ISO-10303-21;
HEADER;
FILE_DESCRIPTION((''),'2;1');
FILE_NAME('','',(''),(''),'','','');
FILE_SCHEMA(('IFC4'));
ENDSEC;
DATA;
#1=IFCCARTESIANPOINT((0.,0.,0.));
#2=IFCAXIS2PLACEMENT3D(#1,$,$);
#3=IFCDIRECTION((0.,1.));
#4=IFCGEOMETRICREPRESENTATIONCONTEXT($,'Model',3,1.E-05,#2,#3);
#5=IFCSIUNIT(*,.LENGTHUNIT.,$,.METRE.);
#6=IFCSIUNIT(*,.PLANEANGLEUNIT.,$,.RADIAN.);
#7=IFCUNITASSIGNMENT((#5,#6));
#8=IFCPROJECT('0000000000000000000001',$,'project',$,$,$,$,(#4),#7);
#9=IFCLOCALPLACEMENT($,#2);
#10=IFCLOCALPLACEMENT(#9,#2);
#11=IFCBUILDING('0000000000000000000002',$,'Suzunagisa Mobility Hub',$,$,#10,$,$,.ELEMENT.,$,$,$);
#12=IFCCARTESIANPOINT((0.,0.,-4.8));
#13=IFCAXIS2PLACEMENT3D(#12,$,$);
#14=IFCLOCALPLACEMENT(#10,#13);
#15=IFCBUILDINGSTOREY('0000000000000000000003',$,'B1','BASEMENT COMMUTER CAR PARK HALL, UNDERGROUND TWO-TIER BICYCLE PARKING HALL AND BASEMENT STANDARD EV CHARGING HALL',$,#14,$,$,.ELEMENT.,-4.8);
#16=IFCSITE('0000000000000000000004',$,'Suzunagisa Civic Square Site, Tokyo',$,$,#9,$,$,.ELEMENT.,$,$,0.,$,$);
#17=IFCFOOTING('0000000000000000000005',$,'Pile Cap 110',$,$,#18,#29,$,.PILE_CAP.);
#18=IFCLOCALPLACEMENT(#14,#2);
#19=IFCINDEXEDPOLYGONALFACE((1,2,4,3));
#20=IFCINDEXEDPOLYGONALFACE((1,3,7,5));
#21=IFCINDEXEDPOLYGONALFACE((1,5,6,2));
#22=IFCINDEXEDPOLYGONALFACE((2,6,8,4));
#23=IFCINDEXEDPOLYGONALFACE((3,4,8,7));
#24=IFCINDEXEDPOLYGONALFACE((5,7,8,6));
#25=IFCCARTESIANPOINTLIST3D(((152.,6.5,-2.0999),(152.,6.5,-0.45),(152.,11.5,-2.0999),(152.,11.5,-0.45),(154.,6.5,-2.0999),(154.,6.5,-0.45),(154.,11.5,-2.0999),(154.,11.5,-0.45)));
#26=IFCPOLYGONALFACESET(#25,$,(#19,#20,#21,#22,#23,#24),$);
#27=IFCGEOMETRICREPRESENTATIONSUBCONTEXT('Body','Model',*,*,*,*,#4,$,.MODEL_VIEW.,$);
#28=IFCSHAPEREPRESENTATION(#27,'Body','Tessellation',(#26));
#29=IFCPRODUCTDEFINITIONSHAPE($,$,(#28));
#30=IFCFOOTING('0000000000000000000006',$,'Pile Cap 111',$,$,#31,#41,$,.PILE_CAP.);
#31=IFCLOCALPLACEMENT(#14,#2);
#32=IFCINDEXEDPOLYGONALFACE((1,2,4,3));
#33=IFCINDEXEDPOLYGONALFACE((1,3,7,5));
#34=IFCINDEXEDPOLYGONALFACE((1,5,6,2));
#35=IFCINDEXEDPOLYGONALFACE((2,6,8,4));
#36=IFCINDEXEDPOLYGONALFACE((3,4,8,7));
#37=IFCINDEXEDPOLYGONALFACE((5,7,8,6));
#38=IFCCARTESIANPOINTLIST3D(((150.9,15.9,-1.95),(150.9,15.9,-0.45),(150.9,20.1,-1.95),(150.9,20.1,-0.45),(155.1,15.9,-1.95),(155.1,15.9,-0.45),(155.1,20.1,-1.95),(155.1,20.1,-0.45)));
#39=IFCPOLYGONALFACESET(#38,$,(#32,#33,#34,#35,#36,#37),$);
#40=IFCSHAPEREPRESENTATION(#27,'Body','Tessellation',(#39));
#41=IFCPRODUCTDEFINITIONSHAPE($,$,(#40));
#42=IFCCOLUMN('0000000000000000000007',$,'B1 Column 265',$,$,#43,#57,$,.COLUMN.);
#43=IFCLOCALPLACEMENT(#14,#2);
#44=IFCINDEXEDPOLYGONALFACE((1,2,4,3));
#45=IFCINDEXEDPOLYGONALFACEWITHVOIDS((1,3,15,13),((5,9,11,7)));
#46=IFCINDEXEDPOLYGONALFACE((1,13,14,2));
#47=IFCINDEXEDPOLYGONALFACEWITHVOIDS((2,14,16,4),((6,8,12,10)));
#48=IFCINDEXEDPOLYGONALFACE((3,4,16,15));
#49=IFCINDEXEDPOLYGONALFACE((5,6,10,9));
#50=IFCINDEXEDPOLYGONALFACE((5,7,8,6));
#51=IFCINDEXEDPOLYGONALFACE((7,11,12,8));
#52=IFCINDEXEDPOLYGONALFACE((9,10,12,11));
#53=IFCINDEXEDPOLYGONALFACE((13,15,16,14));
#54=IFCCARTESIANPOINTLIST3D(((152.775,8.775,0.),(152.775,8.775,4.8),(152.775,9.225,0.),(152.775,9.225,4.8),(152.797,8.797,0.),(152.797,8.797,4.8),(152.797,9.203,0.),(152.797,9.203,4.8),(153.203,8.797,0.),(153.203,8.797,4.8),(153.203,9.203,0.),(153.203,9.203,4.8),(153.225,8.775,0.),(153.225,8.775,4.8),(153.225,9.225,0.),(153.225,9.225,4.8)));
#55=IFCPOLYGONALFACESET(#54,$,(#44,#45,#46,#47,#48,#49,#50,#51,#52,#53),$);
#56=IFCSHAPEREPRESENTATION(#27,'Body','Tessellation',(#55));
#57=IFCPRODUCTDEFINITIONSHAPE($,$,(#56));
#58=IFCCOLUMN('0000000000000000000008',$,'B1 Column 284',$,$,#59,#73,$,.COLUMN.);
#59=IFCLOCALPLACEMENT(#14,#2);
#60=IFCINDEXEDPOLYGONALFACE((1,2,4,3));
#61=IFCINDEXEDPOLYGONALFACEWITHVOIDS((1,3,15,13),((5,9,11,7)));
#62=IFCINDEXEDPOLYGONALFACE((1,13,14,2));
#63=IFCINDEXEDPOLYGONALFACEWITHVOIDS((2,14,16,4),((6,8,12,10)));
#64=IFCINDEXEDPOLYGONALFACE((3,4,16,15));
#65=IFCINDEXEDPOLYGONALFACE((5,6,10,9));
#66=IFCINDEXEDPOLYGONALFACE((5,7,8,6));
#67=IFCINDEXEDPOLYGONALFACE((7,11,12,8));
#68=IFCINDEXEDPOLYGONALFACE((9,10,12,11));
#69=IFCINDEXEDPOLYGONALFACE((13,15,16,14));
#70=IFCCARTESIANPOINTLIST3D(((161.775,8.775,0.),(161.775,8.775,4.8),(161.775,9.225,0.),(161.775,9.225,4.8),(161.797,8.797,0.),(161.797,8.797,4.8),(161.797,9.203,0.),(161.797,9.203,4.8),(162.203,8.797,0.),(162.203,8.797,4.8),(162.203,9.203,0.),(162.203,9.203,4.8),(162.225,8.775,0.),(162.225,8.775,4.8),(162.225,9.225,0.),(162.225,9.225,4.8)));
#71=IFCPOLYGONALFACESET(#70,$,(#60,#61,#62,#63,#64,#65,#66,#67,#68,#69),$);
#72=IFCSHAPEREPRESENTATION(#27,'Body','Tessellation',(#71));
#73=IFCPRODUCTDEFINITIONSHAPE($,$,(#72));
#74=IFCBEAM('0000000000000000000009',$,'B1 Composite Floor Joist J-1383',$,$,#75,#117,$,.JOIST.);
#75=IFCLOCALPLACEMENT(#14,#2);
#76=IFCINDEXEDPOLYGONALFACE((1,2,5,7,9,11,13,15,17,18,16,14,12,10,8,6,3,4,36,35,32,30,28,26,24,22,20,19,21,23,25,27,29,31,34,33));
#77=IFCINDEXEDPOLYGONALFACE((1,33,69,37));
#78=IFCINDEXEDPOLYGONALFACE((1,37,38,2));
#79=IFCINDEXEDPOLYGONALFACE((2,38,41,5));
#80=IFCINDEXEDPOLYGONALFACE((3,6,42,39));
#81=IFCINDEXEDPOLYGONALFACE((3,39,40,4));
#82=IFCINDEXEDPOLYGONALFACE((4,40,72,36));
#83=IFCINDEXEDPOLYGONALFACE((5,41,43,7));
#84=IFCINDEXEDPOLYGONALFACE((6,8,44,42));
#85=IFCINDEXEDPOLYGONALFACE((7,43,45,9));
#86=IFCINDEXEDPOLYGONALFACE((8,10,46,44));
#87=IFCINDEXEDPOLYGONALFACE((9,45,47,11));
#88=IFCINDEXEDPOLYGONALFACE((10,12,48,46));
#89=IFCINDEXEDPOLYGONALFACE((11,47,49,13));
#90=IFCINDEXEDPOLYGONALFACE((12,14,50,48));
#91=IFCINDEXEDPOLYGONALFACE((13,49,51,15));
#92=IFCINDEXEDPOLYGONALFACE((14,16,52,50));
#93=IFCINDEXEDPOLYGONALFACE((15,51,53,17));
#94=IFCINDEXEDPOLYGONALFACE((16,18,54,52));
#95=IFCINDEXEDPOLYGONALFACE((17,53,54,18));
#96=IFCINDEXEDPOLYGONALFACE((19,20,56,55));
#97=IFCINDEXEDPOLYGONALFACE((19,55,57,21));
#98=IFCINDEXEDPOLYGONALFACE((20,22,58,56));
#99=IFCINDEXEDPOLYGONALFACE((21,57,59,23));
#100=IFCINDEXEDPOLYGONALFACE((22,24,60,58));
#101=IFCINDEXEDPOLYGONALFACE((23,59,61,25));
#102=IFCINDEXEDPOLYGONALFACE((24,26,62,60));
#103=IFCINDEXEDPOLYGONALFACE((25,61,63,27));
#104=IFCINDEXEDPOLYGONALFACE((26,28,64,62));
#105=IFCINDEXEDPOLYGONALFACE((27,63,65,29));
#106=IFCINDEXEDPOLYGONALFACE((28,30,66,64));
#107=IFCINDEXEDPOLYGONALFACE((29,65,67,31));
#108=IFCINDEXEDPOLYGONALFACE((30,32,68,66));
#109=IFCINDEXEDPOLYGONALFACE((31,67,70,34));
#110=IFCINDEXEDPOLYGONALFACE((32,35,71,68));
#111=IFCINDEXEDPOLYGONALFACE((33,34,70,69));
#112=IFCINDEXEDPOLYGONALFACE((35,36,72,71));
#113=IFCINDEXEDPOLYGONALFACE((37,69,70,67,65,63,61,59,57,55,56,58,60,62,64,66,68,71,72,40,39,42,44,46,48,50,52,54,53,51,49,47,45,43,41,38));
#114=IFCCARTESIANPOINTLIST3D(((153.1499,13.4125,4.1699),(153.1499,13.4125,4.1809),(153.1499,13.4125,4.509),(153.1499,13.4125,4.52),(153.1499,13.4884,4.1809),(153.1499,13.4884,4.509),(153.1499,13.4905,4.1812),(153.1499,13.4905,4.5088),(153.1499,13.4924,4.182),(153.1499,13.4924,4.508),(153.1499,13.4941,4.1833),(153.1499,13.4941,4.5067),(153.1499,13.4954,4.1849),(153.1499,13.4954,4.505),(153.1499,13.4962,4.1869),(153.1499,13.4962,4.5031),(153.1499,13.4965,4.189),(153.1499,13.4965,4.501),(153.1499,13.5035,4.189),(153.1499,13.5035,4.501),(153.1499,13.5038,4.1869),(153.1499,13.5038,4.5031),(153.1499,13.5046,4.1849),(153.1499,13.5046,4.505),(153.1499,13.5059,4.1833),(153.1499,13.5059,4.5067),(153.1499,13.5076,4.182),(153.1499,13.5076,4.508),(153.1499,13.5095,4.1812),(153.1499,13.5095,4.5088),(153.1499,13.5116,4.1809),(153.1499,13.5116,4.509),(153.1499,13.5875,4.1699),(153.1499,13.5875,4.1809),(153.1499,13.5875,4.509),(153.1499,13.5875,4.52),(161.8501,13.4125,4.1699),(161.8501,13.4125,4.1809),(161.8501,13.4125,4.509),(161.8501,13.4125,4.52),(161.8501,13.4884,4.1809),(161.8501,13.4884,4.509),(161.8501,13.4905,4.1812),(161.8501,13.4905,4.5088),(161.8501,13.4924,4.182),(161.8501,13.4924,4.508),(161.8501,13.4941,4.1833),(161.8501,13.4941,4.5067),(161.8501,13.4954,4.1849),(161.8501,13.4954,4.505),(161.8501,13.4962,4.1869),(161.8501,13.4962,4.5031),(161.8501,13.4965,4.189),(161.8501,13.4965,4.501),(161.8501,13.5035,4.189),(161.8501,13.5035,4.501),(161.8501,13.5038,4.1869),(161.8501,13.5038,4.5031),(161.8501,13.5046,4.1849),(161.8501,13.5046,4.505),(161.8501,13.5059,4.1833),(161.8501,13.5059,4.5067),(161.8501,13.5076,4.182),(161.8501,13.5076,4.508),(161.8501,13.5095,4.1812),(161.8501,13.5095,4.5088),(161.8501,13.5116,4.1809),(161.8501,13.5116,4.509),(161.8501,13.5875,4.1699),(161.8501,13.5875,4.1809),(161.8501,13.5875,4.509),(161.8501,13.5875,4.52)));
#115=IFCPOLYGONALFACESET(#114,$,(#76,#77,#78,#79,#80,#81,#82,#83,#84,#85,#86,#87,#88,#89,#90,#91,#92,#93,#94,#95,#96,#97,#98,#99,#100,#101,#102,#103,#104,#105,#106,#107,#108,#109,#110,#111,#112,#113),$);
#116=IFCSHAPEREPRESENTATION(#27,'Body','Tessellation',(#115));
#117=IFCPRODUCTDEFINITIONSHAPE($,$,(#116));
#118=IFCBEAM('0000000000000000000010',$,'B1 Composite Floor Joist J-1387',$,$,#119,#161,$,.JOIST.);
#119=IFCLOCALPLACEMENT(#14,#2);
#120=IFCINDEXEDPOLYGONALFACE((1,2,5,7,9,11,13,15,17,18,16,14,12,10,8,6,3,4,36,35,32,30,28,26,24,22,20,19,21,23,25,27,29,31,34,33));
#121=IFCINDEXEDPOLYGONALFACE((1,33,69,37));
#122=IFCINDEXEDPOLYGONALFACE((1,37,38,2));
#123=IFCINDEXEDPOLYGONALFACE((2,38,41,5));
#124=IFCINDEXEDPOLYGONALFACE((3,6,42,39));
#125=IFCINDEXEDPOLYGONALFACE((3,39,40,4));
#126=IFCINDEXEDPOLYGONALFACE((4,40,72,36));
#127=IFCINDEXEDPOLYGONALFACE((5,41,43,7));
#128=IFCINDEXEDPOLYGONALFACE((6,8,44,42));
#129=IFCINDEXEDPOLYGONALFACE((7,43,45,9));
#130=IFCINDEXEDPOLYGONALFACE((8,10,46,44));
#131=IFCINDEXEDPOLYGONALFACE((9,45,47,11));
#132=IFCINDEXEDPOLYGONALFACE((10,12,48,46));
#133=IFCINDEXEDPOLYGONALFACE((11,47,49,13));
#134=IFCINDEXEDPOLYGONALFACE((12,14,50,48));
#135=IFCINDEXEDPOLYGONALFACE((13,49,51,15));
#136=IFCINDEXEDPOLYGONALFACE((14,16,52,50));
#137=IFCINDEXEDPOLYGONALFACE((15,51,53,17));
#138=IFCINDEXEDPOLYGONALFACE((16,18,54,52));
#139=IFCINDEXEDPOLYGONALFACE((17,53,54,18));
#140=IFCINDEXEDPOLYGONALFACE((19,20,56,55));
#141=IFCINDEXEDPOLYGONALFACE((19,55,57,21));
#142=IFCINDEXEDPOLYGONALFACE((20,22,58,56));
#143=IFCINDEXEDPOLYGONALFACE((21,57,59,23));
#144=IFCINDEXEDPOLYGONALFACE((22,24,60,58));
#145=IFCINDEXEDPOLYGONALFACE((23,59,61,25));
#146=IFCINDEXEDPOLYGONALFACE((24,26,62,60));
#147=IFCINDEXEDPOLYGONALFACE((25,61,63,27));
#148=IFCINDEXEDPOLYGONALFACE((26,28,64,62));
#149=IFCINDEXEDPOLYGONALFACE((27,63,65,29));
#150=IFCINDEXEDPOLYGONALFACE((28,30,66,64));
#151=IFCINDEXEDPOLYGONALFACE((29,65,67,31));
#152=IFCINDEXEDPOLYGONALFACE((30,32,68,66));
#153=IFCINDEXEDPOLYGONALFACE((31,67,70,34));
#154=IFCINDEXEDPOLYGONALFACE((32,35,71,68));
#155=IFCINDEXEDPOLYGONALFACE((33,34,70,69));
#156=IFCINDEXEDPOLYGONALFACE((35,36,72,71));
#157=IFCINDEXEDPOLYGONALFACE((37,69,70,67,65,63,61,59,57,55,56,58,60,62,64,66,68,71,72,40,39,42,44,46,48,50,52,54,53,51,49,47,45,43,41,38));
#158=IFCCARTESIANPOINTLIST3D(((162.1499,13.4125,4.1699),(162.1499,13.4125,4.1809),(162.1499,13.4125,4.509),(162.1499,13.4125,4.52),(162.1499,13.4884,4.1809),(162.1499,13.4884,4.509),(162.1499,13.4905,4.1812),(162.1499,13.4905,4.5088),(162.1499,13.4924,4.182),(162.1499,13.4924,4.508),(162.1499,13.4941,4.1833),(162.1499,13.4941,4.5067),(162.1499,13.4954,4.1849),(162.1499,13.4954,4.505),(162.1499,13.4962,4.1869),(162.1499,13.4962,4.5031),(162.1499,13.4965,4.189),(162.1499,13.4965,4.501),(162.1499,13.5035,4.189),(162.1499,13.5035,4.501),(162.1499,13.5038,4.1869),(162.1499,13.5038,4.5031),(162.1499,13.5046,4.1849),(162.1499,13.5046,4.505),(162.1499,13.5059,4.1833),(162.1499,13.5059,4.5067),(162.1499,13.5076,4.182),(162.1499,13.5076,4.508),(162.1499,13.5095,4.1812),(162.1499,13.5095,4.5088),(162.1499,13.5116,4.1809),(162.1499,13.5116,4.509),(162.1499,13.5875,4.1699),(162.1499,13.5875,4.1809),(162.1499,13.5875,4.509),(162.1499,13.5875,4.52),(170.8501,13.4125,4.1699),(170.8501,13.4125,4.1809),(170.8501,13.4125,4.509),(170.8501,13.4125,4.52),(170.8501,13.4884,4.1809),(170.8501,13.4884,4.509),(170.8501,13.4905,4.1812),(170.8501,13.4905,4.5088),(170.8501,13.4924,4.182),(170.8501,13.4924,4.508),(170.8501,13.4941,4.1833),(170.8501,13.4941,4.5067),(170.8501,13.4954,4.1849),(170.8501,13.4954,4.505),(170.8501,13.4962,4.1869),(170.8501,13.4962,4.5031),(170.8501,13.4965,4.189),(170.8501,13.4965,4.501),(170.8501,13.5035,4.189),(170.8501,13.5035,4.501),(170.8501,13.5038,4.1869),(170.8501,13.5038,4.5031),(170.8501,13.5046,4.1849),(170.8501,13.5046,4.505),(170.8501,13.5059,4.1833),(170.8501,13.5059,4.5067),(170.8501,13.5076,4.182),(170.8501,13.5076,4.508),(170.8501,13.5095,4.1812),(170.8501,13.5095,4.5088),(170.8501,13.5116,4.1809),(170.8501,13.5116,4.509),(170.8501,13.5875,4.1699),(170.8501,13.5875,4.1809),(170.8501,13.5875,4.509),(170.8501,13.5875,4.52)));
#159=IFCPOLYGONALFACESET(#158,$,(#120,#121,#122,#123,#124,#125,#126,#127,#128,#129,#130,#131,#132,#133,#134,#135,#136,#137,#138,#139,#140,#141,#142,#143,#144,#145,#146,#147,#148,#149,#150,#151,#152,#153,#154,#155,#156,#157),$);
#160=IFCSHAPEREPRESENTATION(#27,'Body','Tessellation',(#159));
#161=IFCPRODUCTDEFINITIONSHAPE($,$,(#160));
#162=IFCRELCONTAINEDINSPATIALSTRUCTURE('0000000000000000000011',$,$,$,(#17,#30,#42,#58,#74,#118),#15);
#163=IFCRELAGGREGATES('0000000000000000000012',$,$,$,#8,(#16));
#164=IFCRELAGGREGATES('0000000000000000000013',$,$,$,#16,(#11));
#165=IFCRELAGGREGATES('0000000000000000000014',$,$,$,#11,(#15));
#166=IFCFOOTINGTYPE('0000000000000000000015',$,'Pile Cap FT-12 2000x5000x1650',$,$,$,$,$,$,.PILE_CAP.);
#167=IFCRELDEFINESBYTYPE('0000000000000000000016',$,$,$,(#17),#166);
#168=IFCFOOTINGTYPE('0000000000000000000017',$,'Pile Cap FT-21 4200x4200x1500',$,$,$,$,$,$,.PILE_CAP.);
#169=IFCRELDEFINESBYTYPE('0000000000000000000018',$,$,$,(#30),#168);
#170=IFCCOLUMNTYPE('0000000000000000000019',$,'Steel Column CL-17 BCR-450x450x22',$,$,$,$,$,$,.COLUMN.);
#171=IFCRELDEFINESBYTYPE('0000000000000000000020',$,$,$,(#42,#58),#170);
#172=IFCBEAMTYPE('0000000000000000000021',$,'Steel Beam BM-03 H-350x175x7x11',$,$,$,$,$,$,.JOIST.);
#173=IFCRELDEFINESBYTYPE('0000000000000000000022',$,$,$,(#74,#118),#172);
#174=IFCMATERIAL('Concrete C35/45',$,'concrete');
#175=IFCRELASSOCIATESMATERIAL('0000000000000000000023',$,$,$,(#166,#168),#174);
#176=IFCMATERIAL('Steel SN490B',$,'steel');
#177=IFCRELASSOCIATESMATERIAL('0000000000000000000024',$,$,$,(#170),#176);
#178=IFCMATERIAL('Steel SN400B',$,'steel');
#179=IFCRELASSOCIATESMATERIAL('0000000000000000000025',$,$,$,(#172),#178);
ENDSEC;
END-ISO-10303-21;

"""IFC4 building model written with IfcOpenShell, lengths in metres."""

from ifc_helpers import new_model, si_unit, direction, frame, origin, origin_2d, place, context, subcontext, project, spatial, rectangle, hollow_rectangle, i_section, extrude, material, material_profile, profile_set, type_object, element, save


model = new_model("IFC4")

# Units and contexts
model_context = context("Model", 3, precision=1e-05, world=origin(), true_north=direction((0.0, 1.0)))
body_context = subcontext(model_context, "Body", "Model", "MODEL_VIEW")
ifc_project = project(units=[si_unit("LENGTHUNIT", "METRE"), si_unit("PLANEANGLEUNIT", "RADIAN")], contexts=[model_context])

# Site, building, storey
site_placement = place(None, origin())
site = spatial("IfcSite", under=ifc_project, at=site_placement, Name="Suzunagisa Civic Square Site, Tokyo", CompositionType="ELEMENT", RefElevation=0.0)
building_placement = place(site_placement, origin())
building = spatial("IfcBuilding", under=site, at=building_placement, Name="Suzunagisa Mobility Hub", CompositionType="ELEMENT")
storey_placement = place(building_placement, frame((0.0, 0.0, -4.8)))
storey = spatial("IfcBuildingStorey", under=building, at=storey_placement, Name="B1", Description="BASEMENT COMMUTER CAR PARK HALL, UNDERGROUND TWO-TIER BICYCLE PARKING HALL AND BASEMENT STANDARD EV CHARGING HALL", CompositionType="ELEMENT", Elevation=-4.8)

# Footings
ifc_material_1 = material(Name="Concrete C35/45", Category="concrete")
footing_type_1 = type_object("IfcFootingType", Name="Pile Cap FT-12 2000x5000x1650", PredefinedType="PILE_CAP", material=ifc_material_1)
footing_1_placement = place(storey_placement, frame((153.0, 9.0, -2.0999), z_axis=(0.0, 0.0, 1.0), x_axis=(1.0, 0.0, 0.0)))
element("IfcFooting", 1, at=footing_1_placement, inside=storey, type_object=footing_type_1, Name="Pile Cap 110", PredefinedType="PILE_CAP", context=body_context, shape_type="SweptSolid", body=[
    extrude(rectangle(XDim=2.0, YDim=5.0, at=origin_2d()), origin(), (0.0, 0.0, 1.0), 1.6499),
])
footing_type_2 = type_object("IfcFootingType", Name="Pile Cap FT-21 4200x4200x1500", PredefinedType="PILE_CAP", material=ifc_material_1)
footing_2_placement = place(storey_placement, frame((153.0, 18.0, -1.95), z_axis=(0.0, 0.0, 1.0), x_axis=(1.0, 0.0, 0.0)))
element("IfcFooting", 2, at=footing_2_placement, inside=storey, type_object=footing_type_2, Name="Pile Cap 111", PredefinedType="PILE_CAP", context=body_context, shape_type="SweptSolid", body=[
    extrude(rectangle(XDim=4.2, YDim=4.2, at=origin_2d()), origin(), (0.0, 0.0, 1.0), 1.5),
])

# Columns
ifc_material_2 = material(Name="Steel SN490B", Category="steel")
ifc_material_profile_1 = material_profile(ifc_material_2, hollow_rectangle(XDim=0.45, YDim=0.45, WallThickness=0.022, at=origin_2d()), Name="BCR-450x450x22")
ifc_profile_set_1 = profile_set([ifc_material_profile_1], Name="Steel SN490B")
column_type = type_object("IfcColumnType", Name="Steel Column CL-17 BCR-450x450x22", PredefinedType="COLUMN", material=ifc_profile_set_1)
for number, where, z_axis, x_axis, name in (
    (3, (153.0, 9.0, 0.0), (0.0, 0.0, 1.0), (1.0, 0.0, 0.0), "B1 Column 265"),
    (4, (162.0, 9.0, 0.0), (0.0, 0.0, 1.0), (1.0, 0.0, 0.0), "B1 Column 284"),
):
    element("IfcColumn", number, at=place(storey_placement, frame(where, z_axis=z_axis, x_axis=x_axis)), inside=storey, type_object=column_type, Name=name, PredefinedType="COLUMN", context=body_context, shape_type="SweptSolid", body=[
        extrude(hollow_rectangle(XDim=0.45, YDim=0.45, WallThickness=0.022, at=origin_2d()), origin(), (0.0, 0.0, 1.0), 4.8),
    ])

# Beams
ifc_material_3 = material(Name="Steel SN400B", Category="steel")
ifc_material_profile_2 = material_profile(ifc_material_3, i_section(OverallWidth=0.175, OverallDepth=0.3501, WebThickness=0.0071, FlangeThickness=0.011, FilletRadius=0.0081, at=origin_2d()), Name="H-350x175x7x11")
ifc_profile_set_2 = profile_set([ifc_material_profile_2], Name="Steel SN400B")
beam_type_1 = type_object("IfcBeamType", Name="Steel Beam BM-03 H-350x175x7x11", PredefinedType="JOIST", material=ifc_profile_set_2)
for number, where, z_axis, x_axis, name in (
    (5, (153.1499, 13.5, 4.345), (1.0, 0.0, 0.0), (0.0, 1.0, 0.0), "B1 Composite Floor Joist J-1383"),
    (6, (162.1499, 13.5, 4.345), (1.0, 0.0, 0.0), (0.0, 1.0, 0.0), "B1 Composite Floor Joist J-1387"),
):
    element("IfcBeam", number, at=place(storey_placement, frame(where, z_axis=z_axis, x_axis=x_axis)), inside=storey, type_object=beam_type_1, Name=name, PredefinedType="JOIST", context=body_context, shape_type="SweptSolid", body=[
        extrude(i_section(OverallWidth=0.175, OverallDepth=0.3501, WebThickness=0.0071, FlangeThickness=0.011, FilletRadius=0.0081, at=origin_2d()), origin(), (0.0, 0.0, 1.0), 8.7002),
    ])

save(model, "model.ifc")
